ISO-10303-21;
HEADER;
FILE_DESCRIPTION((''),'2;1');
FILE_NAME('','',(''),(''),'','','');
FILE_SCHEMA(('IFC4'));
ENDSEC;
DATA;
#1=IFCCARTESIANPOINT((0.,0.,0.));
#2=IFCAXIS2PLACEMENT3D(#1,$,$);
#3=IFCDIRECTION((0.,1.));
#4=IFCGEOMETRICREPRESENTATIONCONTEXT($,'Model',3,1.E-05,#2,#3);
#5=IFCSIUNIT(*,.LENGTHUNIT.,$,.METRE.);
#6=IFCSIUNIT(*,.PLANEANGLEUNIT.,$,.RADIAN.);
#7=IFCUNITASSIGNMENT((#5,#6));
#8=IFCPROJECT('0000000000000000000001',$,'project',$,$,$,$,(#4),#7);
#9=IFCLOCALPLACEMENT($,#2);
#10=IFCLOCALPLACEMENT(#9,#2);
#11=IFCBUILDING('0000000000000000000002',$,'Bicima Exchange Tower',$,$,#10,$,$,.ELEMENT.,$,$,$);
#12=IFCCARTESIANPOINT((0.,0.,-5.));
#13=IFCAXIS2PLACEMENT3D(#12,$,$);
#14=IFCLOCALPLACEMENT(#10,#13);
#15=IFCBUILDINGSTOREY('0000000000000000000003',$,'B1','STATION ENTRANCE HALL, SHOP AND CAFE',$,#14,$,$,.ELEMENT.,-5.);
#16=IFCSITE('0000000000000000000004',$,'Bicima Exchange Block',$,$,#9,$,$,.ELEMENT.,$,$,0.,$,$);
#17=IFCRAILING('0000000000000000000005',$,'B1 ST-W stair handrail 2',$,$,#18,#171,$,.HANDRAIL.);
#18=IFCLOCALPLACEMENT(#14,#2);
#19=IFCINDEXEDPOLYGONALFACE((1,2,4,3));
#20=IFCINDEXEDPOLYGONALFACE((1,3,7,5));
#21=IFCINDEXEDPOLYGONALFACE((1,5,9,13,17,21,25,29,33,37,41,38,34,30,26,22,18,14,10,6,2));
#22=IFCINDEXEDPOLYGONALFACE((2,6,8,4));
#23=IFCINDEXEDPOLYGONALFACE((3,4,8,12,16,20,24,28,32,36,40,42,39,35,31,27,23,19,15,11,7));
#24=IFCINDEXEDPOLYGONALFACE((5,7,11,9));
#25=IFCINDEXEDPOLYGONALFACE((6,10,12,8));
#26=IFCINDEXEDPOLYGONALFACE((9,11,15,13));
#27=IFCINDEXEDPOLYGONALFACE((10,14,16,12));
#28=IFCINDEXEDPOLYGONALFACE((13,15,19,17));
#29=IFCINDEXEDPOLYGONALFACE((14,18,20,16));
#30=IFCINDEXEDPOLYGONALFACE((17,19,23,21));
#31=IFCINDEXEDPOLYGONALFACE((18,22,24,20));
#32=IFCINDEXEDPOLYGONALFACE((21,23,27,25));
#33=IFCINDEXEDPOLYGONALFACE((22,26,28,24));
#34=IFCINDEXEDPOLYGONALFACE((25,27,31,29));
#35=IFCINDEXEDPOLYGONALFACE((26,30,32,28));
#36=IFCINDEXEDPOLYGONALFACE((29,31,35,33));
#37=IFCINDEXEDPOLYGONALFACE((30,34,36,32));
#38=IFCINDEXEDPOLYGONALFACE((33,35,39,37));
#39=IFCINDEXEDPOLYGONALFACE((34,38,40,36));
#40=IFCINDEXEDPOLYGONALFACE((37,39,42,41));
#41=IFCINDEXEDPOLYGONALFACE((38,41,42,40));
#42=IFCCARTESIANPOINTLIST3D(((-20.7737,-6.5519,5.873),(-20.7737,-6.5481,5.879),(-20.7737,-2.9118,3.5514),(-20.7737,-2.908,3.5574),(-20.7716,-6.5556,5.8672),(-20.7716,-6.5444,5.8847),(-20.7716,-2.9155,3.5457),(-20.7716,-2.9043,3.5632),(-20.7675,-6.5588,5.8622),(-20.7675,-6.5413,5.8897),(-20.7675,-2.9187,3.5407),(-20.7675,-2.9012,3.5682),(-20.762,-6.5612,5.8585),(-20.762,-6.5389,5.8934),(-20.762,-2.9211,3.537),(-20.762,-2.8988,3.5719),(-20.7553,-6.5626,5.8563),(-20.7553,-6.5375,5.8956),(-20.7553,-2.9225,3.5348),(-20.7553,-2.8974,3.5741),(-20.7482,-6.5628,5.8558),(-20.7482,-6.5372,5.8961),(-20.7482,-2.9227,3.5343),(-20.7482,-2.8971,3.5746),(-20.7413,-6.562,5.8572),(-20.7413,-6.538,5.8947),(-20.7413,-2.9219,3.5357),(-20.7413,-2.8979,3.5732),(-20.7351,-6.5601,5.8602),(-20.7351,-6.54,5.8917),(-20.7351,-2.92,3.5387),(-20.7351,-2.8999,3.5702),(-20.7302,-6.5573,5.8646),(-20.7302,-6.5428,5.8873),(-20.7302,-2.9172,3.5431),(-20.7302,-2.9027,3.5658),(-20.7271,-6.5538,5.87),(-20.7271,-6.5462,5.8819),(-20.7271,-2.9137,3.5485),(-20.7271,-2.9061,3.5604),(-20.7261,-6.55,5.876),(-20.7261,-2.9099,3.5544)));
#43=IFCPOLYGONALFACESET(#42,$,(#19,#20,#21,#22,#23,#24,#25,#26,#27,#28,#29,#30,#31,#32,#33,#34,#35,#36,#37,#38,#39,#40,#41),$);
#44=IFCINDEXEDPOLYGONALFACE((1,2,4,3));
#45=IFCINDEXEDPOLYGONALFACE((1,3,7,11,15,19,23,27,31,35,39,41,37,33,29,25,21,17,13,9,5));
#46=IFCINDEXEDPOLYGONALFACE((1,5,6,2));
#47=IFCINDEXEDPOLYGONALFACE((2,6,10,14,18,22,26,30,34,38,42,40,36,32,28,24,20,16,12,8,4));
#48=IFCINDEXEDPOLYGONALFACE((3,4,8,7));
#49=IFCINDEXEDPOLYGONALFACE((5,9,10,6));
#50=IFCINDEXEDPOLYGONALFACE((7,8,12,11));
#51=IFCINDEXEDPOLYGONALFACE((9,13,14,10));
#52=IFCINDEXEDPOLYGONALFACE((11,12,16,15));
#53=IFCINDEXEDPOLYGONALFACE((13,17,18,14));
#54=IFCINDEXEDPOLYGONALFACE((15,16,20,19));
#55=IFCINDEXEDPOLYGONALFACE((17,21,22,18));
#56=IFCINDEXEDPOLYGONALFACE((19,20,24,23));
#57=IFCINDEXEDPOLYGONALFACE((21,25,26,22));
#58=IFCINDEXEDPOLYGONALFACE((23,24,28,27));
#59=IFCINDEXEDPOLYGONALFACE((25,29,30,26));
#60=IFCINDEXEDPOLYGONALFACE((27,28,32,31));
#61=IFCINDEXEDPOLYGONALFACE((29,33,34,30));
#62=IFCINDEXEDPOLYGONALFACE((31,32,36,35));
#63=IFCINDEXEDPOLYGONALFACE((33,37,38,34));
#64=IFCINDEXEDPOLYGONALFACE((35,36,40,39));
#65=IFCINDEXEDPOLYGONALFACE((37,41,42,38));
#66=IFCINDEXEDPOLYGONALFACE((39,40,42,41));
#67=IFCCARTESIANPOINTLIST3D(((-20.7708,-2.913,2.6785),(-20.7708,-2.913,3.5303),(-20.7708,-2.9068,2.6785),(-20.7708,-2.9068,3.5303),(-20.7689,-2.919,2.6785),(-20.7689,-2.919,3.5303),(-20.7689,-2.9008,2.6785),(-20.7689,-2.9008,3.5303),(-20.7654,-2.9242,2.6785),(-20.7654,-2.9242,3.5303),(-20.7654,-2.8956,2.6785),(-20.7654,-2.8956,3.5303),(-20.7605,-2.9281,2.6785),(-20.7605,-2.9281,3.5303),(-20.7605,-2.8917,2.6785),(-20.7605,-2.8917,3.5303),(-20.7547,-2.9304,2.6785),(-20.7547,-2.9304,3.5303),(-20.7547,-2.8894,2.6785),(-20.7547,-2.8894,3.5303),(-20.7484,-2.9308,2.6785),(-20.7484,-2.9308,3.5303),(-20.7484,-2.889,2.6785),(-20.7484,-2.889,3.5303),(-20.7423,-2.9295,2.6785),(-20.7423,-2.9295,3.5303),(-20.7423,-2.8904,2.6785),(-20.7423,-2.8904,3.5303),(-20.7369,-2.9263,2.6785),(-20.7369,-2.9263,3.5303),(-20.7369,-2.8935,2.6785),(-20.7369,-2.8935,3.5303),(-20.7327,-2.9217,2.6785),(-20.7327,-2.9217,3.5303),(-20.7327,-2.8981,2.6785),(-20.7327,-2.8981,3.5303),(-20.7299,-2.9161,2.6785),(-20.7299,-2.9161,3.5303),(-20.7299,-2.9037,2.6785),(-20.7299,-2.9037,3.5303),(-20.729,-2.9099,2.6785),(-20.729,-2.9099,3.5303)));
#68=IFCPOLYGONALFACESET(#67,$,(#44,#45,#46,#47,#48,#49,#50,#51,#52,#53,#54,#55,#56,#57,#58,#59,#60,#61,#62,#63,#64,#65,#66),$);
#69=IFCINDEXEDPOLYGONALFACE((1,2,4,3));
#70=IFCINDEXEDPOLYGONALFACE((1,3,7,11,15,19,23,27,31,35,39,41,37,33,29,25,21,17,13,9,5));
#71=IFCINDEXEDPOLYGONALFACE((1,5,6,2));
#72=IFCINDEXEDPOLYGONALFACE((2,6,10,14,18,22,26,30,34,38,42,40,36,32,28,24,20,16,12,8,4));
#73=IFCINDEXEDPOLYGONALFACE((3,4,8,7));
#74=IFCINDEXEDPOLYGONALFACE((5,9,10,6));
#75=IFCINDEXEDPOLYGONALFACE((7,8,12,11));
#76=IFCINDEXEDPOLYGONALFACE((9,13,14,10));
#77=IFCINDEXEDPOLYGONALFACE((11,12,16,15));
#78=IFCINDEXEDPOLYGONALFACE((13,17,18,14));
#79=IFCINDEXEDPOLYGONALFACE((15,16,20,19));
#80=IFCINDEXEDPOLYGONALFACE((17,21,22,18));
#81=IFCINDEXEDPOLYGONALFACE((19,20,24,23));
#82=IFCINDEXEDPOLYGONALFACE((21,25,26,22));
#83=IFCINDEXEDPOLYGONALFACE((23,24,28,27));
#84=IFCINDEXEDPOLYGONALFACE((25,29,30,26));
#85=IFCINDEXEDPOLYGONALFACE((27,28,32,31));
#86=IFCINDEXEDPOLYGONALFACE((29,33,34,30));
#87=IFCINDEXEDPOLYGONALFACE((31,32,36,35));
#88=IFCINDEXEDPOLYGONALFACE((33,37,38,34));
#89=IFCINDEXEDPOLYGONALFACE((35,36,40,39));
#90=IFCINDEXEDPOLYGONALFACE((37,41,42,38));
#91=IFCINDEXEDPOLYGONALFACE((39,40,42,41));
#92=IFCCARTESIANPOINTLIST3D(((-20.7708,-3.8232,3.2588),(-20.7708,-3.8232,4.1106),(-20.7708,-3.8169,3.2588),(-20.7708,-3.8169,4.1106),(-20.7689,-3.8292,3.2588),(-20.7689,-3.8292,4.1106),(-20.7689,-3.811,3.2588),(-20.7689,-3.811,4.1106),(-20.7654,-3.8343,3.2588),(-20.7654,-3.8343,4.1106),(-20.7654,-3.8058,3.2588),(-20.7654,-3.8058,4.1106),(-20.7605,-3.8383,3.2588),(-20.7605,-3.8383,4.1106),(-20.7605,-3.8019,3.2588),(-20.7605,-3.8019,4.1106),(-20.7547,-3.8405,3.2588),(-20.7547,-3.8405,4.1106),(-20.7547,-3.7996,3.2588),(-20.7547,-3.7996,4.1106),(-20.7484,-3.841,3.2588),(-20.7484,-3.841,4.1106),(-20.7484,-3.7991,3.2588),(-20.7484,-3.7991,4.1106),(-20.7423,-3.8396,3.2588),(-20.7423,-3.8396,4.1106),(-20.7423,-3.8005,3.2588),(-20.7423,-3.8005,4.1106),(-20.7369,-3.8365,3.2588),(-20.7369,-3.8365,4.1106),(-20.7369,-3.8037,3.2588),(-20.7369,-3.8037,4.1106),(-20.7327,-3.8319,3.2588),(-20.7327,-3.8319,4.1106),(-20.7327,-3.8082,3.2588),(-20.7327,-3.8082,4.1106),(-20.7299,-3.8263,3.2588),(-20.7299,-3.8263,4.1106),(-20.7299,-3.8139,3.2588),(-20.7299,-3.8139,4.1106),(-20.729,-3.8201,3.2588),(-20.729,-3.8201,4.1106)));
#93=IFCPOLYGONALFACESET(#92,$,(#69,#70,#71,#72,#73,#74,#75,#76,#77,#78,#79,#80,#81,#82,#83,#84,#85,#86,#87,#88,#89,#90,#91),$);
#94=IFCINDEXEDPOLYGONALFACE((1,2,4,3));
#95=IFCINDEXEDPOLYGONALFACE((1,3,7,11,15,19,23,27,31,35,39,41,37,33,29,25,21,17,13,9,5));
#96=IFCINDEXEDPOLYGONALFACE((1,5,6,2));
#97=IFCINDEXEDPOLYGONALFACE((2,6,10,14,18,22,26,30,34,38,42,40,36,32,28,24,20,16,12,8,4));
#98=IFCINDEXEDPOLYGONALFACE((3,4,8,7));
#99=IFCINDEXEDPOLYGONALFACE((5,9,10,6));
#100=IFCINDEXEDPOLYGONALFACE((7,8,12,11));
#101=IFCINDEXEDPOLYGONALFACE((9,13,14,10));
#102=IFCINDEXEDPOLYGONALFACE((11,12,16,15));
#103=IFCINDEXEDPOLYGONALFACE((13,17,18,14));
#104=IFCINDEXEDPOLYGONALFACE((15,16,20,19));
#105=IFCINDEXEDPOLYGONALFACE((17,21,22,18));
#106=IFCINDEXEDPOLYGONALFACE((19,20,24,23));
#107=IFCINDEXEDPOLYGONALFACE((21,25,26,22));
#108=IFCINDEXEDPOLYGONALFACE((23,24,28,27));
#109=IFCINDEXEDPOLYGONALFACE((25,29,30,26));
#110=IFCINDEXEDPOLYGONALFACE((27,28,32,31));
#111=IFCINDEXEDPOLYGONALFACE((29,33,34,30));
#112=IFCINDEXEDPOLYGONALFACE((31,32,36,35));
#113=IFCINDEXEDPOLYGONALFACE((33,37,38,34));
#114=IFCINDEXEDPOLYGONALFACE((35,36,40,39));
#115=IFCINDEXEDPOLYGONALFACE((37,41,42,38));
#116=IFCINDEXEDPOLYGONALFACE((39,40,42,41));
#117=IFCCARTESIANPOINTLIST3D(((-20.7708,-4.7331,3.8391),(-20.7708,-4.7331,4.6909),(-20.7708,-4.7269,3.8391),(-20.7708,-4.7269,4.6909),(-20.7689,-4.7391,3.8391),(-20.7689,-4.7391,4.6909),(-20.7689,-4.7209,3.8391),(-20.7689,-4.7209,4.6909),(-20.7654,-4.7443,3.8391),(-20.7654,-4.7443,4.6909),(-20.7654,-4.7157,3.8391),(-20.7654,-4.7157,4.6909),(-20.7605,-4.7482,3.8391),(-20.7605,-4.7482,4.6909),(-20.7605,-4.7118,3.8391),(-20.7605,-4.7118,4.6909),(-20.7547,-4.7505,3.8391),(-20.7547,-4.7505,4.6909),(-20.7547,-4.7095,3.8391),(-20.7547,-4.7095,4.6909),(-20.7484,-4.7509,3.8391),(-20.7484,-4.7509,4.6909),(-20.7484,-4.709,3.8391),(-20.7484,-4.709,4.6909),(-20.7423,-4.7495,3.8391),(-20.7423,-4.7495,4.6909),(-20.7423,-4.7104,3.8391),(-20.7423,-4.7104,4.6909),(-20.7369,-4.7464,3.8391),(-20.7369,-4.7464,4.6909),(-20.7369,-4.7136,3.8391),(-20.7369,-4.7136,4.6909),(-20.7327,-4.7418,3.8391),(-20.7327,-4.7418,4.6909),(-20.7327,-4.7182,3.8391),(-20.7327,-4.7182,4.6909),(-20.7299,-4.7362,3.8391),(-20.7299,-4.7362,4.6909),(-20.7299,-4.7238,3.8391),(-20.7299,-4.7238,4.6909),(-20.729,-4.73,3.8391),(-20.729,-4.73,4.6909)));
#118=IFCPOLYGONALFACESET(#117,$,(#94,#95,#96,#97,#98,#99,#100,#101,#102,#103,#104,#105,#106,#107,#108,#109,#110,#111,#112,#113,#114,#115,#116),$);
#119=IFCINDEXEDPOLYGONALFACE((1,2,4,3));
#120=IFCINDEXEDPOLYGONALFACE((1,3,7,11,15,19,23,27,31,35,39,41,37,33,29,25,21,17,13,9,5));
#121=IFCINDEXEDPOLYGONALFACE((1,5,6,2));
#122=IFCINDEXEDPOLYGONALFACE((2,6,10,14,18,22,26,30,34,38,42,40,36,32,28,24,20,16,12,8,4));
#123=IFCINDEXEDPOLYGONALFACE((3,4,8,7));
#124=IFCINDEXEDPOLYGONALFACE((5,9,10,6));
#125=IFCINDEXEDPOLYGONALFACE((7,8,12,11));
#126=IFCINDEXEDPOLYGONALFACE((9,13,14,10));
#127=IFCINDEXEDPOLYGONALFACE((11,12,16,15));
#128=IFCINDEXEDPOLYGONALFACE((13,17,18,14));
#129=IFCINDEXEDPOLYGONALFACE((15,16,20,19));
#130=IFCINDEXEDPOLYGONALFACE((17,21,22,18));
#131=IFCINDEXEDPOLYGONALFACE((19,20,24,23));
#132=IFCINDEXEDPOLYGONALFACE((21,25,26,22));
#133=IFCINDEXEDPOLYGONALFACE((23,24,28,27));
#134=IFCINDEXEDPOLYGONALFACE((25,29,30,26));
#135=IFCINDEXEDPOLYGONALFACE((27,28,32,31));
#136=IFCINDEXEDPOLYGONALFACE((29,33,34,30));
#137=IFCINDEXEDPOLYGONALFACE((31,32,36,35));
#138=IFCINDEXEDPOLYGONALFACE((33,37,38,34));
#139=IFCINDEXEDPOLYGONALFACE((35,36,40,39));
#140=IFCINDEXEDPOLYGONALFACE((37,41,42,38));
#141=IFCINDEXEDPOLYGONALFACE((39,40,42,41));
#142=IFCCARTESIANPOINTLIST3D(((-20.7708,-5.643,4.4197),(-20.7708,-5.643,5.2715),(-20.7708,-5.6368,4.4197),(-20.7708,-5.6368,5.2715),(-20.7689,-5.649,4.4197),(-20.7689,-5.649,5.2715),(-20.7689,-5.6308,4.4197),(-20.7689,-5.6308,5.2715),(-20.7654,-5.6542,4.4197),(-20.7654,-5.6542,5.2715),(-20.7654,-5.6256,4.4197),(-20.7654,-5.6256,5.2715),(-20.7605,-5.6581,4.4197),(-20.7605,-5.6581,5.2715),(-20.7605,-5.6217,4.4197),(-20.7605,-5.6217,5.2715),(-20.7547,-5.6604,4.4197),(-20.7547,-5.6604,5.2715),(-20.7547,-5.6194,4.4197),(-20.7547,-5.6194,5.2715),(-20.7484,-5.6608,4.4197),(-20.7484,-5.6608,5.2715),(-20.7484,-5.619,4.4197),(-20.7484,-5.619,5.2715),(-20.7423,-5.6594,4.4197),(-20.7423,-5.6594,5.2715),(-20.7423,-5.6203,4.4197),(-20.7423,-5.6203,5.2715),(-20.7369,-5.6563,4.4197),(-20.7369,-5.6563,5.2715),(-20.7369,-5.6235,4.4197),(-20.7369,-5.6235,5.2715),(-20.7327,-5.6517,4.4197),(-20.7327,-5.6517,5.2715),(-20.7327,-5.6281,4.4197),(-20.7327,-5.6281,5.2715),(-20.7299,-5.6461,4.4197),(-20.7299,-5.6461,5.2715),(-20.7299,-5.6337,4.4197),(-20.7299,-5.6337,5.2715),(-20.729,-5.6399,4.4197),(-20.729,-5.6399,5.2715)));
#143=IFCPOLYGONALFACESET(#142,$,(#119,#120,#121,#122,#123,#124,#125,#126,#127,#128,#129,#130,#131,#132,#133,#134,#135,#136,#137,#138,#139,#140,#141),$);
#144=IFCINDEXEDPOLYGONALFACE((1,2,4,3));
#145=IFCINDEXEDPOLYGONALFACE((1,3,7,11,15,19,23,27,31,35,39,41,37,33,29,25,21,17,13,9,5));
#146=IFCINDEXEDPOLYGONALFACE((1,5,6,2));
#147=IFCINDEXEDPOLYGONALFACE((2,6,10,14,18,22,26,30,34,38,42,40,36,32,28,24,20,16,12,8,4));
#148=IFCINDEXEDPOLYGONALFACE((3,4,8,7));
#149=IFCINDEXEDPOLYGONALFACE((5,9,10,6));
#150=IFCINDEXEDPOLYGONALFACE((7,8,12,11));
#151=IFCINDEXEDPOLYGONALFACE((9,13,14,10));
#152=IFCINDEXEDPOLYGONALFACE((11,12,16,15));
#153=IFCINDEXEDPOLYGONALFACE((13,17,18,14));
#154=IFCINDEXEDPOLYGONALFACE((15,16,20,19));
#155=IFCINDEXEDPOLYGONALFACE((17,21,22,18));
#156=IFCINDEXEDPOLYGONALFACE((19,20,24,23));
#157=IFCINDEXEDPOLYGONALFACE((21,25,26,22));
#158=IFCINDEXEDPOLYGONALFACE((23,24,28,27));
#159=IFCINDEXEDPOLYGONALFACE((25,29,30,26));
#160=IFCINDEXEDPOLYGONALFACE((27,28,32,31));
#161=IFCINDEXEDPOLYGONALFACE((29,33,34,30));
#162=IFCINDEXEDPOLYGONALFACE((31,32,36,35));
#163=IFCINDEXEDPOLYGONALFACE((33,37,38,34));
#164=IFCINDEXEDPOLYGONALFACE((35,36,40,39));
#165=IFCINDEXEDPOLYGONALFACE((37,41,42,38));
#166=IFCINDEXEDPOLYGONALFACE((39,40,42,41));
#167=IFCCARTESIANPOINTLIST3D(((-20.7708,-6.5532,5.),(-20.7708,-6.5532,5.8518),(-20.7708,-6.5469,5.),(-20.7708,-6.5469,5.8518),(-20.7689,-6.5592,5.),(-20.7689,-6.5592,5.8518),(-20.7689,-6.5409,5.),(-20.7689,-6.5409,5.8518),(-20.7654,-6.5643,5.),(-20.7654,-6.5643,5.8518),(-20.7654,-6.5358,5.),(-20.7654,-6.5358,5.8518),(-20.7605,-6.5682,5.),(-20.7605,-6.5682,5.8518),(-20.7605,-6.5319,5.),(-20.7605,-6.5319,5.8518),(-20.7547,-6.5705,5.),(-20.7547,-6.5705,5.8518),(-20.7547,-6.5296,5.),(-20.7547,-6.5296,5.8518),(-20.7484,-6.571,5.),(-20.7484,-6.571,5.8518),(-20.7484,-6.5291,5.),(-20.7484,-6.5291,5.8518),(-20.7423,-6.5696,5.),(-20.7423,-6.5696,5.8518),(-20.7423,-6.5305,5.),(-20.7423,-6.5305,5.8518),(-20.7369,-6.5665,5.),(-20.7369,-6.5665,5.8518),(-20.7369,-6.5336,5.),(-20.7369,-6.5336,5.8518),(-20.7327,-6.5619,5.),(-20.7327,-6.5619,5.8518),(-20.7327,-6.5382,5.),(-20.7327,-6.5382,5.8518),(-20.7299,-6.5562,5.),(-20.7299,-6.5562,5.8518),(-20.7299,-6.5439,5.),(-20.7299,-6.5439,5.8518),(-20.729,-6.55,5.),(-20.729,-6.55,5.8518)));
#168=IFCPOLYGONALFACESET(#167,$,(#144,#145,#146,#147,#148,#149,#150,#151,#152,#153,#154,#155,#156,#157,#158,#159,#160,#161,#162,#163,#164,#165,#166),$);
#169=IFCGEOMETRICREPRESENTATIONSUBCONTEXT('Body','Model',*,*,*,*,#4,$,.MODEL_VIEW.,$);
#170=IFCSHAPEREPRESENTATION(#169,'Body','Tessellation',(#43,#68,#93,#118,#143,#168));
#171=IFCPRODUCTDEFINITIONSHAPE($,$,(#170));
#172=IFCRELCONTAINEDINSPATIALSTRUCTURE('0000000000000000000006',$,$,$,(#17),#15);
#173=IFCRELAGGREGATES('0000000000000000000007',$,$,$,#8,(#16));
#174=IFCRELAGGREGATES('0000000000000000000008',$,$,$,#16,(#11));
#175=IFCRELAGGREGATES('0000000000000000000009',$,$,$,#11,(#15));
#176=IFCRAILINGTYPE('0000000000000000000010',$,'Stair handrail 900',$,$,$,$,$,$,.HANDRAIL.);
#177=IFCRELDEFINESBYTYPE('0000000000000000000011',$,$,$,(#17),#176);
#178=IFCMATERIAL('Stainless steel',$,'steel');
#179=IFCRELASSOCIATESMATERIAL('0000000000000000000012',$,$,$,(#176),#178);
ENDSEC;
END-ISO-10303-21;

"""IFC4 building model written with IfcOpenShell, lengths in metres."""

from ifc_helpers import new_model, si_unit, direction, frame, origin, origin_2d, place, context, subcontext, project, spatial, circle, extrude, material, type_object, element, save


model = new_model("IFC4")

# Units and contexts
model_context = context("Model", 3, precision=1e-05, world=origin(), true_north=direction((0.0, 1.0)))
body_context = subcontext(model_context, "Body", "Model", "MODEL_VIEW")
ifc_project = project(units=[si_unit("LENGTHUNIT", "METRE"), si_unit("PLANEANGLEUNIT", "RADIAN")], contexts=[model_context])

# Site, building, storey
site_placement = place(None, origin())
site = spatial("IfcSite", under=ifc_project, at=site_placement, Name="Bicima Exchange Block", CompositionType="ELEMENT", RefElevation=0.0)
building_placement = place(site_placement, origin())
building = spatial("IfcBuilding", under=site, at=building_placement, Name="Bicima Exchange Tower", CompositionType="ELEMENT")
storey_placement = place(building_placement, frame((0.0, 0.0, -5.0)))
storey = spatial("IfcBuildingStorey", under=building, at=storey_placement, Name="B1", Description="STATION ENTRANCE HALL, SHOP AND CAFE", CompositionType="ELEMENT", Elevation=-5.0)

# Shared definitions
ifc_material_1 = material(Name="Stainless steel", Category="steel")

# Railing
railing_type = type_object("IfcRailingType", Name="Stair handrail 900", PredefinedType="HANDRAIL", material=ifc_material_1)
railing_1_placement = place(storey_placement, frame((-20.75, -2.9099, 2.6785)))
element("IfcRailing", 1, at=railing_1_placement, inside=storey, type_object=railing_type, Name="B1 ST-W stair handrail 2", PredefinedType="HANDRAIL", context=body_context, shape_type="SweptSolid", body=[
    extrude(circle(Radius=0.0239, at=origin_2d()), frame((0.0, 0.0, 0.876), z_axis=(0.0, -0.843128, 0.537713), x_axis=(1.0, 0.0, 0.0)), (0.0, 0.0, 1.0), 4.3174),
    extrude(circle(Radius=0.021, at=origin_2d()), origin(), (0.0, 0.0, 1.0), 0.8518),
    extrude(circle(Radius=0.021, at=origin_2d()), frame((0.0, -0.9102, 0.5803)), (0.0, 0.0, 1.0), 0.8518),
    extrude(circle(Radius=0.021, at=origin_2d()), frame((0.0, -1.8201, 1.1606)), (0.0, 0.0, 1.0), 0.8518),
    extrude(circle(Radius=0.021, at=origin_2d()), frame((0.0, -2.73, 1.7412)), (0.0, 0.0, 1.0), 0.8518),
    extrude(circle(Radius=0.021, at=origin_2d()), frame((0.0, -3.6401, 2.3215)), (0.0, 0.0, 1.0), 0.8518),
])

save(model, "model.ifc")
